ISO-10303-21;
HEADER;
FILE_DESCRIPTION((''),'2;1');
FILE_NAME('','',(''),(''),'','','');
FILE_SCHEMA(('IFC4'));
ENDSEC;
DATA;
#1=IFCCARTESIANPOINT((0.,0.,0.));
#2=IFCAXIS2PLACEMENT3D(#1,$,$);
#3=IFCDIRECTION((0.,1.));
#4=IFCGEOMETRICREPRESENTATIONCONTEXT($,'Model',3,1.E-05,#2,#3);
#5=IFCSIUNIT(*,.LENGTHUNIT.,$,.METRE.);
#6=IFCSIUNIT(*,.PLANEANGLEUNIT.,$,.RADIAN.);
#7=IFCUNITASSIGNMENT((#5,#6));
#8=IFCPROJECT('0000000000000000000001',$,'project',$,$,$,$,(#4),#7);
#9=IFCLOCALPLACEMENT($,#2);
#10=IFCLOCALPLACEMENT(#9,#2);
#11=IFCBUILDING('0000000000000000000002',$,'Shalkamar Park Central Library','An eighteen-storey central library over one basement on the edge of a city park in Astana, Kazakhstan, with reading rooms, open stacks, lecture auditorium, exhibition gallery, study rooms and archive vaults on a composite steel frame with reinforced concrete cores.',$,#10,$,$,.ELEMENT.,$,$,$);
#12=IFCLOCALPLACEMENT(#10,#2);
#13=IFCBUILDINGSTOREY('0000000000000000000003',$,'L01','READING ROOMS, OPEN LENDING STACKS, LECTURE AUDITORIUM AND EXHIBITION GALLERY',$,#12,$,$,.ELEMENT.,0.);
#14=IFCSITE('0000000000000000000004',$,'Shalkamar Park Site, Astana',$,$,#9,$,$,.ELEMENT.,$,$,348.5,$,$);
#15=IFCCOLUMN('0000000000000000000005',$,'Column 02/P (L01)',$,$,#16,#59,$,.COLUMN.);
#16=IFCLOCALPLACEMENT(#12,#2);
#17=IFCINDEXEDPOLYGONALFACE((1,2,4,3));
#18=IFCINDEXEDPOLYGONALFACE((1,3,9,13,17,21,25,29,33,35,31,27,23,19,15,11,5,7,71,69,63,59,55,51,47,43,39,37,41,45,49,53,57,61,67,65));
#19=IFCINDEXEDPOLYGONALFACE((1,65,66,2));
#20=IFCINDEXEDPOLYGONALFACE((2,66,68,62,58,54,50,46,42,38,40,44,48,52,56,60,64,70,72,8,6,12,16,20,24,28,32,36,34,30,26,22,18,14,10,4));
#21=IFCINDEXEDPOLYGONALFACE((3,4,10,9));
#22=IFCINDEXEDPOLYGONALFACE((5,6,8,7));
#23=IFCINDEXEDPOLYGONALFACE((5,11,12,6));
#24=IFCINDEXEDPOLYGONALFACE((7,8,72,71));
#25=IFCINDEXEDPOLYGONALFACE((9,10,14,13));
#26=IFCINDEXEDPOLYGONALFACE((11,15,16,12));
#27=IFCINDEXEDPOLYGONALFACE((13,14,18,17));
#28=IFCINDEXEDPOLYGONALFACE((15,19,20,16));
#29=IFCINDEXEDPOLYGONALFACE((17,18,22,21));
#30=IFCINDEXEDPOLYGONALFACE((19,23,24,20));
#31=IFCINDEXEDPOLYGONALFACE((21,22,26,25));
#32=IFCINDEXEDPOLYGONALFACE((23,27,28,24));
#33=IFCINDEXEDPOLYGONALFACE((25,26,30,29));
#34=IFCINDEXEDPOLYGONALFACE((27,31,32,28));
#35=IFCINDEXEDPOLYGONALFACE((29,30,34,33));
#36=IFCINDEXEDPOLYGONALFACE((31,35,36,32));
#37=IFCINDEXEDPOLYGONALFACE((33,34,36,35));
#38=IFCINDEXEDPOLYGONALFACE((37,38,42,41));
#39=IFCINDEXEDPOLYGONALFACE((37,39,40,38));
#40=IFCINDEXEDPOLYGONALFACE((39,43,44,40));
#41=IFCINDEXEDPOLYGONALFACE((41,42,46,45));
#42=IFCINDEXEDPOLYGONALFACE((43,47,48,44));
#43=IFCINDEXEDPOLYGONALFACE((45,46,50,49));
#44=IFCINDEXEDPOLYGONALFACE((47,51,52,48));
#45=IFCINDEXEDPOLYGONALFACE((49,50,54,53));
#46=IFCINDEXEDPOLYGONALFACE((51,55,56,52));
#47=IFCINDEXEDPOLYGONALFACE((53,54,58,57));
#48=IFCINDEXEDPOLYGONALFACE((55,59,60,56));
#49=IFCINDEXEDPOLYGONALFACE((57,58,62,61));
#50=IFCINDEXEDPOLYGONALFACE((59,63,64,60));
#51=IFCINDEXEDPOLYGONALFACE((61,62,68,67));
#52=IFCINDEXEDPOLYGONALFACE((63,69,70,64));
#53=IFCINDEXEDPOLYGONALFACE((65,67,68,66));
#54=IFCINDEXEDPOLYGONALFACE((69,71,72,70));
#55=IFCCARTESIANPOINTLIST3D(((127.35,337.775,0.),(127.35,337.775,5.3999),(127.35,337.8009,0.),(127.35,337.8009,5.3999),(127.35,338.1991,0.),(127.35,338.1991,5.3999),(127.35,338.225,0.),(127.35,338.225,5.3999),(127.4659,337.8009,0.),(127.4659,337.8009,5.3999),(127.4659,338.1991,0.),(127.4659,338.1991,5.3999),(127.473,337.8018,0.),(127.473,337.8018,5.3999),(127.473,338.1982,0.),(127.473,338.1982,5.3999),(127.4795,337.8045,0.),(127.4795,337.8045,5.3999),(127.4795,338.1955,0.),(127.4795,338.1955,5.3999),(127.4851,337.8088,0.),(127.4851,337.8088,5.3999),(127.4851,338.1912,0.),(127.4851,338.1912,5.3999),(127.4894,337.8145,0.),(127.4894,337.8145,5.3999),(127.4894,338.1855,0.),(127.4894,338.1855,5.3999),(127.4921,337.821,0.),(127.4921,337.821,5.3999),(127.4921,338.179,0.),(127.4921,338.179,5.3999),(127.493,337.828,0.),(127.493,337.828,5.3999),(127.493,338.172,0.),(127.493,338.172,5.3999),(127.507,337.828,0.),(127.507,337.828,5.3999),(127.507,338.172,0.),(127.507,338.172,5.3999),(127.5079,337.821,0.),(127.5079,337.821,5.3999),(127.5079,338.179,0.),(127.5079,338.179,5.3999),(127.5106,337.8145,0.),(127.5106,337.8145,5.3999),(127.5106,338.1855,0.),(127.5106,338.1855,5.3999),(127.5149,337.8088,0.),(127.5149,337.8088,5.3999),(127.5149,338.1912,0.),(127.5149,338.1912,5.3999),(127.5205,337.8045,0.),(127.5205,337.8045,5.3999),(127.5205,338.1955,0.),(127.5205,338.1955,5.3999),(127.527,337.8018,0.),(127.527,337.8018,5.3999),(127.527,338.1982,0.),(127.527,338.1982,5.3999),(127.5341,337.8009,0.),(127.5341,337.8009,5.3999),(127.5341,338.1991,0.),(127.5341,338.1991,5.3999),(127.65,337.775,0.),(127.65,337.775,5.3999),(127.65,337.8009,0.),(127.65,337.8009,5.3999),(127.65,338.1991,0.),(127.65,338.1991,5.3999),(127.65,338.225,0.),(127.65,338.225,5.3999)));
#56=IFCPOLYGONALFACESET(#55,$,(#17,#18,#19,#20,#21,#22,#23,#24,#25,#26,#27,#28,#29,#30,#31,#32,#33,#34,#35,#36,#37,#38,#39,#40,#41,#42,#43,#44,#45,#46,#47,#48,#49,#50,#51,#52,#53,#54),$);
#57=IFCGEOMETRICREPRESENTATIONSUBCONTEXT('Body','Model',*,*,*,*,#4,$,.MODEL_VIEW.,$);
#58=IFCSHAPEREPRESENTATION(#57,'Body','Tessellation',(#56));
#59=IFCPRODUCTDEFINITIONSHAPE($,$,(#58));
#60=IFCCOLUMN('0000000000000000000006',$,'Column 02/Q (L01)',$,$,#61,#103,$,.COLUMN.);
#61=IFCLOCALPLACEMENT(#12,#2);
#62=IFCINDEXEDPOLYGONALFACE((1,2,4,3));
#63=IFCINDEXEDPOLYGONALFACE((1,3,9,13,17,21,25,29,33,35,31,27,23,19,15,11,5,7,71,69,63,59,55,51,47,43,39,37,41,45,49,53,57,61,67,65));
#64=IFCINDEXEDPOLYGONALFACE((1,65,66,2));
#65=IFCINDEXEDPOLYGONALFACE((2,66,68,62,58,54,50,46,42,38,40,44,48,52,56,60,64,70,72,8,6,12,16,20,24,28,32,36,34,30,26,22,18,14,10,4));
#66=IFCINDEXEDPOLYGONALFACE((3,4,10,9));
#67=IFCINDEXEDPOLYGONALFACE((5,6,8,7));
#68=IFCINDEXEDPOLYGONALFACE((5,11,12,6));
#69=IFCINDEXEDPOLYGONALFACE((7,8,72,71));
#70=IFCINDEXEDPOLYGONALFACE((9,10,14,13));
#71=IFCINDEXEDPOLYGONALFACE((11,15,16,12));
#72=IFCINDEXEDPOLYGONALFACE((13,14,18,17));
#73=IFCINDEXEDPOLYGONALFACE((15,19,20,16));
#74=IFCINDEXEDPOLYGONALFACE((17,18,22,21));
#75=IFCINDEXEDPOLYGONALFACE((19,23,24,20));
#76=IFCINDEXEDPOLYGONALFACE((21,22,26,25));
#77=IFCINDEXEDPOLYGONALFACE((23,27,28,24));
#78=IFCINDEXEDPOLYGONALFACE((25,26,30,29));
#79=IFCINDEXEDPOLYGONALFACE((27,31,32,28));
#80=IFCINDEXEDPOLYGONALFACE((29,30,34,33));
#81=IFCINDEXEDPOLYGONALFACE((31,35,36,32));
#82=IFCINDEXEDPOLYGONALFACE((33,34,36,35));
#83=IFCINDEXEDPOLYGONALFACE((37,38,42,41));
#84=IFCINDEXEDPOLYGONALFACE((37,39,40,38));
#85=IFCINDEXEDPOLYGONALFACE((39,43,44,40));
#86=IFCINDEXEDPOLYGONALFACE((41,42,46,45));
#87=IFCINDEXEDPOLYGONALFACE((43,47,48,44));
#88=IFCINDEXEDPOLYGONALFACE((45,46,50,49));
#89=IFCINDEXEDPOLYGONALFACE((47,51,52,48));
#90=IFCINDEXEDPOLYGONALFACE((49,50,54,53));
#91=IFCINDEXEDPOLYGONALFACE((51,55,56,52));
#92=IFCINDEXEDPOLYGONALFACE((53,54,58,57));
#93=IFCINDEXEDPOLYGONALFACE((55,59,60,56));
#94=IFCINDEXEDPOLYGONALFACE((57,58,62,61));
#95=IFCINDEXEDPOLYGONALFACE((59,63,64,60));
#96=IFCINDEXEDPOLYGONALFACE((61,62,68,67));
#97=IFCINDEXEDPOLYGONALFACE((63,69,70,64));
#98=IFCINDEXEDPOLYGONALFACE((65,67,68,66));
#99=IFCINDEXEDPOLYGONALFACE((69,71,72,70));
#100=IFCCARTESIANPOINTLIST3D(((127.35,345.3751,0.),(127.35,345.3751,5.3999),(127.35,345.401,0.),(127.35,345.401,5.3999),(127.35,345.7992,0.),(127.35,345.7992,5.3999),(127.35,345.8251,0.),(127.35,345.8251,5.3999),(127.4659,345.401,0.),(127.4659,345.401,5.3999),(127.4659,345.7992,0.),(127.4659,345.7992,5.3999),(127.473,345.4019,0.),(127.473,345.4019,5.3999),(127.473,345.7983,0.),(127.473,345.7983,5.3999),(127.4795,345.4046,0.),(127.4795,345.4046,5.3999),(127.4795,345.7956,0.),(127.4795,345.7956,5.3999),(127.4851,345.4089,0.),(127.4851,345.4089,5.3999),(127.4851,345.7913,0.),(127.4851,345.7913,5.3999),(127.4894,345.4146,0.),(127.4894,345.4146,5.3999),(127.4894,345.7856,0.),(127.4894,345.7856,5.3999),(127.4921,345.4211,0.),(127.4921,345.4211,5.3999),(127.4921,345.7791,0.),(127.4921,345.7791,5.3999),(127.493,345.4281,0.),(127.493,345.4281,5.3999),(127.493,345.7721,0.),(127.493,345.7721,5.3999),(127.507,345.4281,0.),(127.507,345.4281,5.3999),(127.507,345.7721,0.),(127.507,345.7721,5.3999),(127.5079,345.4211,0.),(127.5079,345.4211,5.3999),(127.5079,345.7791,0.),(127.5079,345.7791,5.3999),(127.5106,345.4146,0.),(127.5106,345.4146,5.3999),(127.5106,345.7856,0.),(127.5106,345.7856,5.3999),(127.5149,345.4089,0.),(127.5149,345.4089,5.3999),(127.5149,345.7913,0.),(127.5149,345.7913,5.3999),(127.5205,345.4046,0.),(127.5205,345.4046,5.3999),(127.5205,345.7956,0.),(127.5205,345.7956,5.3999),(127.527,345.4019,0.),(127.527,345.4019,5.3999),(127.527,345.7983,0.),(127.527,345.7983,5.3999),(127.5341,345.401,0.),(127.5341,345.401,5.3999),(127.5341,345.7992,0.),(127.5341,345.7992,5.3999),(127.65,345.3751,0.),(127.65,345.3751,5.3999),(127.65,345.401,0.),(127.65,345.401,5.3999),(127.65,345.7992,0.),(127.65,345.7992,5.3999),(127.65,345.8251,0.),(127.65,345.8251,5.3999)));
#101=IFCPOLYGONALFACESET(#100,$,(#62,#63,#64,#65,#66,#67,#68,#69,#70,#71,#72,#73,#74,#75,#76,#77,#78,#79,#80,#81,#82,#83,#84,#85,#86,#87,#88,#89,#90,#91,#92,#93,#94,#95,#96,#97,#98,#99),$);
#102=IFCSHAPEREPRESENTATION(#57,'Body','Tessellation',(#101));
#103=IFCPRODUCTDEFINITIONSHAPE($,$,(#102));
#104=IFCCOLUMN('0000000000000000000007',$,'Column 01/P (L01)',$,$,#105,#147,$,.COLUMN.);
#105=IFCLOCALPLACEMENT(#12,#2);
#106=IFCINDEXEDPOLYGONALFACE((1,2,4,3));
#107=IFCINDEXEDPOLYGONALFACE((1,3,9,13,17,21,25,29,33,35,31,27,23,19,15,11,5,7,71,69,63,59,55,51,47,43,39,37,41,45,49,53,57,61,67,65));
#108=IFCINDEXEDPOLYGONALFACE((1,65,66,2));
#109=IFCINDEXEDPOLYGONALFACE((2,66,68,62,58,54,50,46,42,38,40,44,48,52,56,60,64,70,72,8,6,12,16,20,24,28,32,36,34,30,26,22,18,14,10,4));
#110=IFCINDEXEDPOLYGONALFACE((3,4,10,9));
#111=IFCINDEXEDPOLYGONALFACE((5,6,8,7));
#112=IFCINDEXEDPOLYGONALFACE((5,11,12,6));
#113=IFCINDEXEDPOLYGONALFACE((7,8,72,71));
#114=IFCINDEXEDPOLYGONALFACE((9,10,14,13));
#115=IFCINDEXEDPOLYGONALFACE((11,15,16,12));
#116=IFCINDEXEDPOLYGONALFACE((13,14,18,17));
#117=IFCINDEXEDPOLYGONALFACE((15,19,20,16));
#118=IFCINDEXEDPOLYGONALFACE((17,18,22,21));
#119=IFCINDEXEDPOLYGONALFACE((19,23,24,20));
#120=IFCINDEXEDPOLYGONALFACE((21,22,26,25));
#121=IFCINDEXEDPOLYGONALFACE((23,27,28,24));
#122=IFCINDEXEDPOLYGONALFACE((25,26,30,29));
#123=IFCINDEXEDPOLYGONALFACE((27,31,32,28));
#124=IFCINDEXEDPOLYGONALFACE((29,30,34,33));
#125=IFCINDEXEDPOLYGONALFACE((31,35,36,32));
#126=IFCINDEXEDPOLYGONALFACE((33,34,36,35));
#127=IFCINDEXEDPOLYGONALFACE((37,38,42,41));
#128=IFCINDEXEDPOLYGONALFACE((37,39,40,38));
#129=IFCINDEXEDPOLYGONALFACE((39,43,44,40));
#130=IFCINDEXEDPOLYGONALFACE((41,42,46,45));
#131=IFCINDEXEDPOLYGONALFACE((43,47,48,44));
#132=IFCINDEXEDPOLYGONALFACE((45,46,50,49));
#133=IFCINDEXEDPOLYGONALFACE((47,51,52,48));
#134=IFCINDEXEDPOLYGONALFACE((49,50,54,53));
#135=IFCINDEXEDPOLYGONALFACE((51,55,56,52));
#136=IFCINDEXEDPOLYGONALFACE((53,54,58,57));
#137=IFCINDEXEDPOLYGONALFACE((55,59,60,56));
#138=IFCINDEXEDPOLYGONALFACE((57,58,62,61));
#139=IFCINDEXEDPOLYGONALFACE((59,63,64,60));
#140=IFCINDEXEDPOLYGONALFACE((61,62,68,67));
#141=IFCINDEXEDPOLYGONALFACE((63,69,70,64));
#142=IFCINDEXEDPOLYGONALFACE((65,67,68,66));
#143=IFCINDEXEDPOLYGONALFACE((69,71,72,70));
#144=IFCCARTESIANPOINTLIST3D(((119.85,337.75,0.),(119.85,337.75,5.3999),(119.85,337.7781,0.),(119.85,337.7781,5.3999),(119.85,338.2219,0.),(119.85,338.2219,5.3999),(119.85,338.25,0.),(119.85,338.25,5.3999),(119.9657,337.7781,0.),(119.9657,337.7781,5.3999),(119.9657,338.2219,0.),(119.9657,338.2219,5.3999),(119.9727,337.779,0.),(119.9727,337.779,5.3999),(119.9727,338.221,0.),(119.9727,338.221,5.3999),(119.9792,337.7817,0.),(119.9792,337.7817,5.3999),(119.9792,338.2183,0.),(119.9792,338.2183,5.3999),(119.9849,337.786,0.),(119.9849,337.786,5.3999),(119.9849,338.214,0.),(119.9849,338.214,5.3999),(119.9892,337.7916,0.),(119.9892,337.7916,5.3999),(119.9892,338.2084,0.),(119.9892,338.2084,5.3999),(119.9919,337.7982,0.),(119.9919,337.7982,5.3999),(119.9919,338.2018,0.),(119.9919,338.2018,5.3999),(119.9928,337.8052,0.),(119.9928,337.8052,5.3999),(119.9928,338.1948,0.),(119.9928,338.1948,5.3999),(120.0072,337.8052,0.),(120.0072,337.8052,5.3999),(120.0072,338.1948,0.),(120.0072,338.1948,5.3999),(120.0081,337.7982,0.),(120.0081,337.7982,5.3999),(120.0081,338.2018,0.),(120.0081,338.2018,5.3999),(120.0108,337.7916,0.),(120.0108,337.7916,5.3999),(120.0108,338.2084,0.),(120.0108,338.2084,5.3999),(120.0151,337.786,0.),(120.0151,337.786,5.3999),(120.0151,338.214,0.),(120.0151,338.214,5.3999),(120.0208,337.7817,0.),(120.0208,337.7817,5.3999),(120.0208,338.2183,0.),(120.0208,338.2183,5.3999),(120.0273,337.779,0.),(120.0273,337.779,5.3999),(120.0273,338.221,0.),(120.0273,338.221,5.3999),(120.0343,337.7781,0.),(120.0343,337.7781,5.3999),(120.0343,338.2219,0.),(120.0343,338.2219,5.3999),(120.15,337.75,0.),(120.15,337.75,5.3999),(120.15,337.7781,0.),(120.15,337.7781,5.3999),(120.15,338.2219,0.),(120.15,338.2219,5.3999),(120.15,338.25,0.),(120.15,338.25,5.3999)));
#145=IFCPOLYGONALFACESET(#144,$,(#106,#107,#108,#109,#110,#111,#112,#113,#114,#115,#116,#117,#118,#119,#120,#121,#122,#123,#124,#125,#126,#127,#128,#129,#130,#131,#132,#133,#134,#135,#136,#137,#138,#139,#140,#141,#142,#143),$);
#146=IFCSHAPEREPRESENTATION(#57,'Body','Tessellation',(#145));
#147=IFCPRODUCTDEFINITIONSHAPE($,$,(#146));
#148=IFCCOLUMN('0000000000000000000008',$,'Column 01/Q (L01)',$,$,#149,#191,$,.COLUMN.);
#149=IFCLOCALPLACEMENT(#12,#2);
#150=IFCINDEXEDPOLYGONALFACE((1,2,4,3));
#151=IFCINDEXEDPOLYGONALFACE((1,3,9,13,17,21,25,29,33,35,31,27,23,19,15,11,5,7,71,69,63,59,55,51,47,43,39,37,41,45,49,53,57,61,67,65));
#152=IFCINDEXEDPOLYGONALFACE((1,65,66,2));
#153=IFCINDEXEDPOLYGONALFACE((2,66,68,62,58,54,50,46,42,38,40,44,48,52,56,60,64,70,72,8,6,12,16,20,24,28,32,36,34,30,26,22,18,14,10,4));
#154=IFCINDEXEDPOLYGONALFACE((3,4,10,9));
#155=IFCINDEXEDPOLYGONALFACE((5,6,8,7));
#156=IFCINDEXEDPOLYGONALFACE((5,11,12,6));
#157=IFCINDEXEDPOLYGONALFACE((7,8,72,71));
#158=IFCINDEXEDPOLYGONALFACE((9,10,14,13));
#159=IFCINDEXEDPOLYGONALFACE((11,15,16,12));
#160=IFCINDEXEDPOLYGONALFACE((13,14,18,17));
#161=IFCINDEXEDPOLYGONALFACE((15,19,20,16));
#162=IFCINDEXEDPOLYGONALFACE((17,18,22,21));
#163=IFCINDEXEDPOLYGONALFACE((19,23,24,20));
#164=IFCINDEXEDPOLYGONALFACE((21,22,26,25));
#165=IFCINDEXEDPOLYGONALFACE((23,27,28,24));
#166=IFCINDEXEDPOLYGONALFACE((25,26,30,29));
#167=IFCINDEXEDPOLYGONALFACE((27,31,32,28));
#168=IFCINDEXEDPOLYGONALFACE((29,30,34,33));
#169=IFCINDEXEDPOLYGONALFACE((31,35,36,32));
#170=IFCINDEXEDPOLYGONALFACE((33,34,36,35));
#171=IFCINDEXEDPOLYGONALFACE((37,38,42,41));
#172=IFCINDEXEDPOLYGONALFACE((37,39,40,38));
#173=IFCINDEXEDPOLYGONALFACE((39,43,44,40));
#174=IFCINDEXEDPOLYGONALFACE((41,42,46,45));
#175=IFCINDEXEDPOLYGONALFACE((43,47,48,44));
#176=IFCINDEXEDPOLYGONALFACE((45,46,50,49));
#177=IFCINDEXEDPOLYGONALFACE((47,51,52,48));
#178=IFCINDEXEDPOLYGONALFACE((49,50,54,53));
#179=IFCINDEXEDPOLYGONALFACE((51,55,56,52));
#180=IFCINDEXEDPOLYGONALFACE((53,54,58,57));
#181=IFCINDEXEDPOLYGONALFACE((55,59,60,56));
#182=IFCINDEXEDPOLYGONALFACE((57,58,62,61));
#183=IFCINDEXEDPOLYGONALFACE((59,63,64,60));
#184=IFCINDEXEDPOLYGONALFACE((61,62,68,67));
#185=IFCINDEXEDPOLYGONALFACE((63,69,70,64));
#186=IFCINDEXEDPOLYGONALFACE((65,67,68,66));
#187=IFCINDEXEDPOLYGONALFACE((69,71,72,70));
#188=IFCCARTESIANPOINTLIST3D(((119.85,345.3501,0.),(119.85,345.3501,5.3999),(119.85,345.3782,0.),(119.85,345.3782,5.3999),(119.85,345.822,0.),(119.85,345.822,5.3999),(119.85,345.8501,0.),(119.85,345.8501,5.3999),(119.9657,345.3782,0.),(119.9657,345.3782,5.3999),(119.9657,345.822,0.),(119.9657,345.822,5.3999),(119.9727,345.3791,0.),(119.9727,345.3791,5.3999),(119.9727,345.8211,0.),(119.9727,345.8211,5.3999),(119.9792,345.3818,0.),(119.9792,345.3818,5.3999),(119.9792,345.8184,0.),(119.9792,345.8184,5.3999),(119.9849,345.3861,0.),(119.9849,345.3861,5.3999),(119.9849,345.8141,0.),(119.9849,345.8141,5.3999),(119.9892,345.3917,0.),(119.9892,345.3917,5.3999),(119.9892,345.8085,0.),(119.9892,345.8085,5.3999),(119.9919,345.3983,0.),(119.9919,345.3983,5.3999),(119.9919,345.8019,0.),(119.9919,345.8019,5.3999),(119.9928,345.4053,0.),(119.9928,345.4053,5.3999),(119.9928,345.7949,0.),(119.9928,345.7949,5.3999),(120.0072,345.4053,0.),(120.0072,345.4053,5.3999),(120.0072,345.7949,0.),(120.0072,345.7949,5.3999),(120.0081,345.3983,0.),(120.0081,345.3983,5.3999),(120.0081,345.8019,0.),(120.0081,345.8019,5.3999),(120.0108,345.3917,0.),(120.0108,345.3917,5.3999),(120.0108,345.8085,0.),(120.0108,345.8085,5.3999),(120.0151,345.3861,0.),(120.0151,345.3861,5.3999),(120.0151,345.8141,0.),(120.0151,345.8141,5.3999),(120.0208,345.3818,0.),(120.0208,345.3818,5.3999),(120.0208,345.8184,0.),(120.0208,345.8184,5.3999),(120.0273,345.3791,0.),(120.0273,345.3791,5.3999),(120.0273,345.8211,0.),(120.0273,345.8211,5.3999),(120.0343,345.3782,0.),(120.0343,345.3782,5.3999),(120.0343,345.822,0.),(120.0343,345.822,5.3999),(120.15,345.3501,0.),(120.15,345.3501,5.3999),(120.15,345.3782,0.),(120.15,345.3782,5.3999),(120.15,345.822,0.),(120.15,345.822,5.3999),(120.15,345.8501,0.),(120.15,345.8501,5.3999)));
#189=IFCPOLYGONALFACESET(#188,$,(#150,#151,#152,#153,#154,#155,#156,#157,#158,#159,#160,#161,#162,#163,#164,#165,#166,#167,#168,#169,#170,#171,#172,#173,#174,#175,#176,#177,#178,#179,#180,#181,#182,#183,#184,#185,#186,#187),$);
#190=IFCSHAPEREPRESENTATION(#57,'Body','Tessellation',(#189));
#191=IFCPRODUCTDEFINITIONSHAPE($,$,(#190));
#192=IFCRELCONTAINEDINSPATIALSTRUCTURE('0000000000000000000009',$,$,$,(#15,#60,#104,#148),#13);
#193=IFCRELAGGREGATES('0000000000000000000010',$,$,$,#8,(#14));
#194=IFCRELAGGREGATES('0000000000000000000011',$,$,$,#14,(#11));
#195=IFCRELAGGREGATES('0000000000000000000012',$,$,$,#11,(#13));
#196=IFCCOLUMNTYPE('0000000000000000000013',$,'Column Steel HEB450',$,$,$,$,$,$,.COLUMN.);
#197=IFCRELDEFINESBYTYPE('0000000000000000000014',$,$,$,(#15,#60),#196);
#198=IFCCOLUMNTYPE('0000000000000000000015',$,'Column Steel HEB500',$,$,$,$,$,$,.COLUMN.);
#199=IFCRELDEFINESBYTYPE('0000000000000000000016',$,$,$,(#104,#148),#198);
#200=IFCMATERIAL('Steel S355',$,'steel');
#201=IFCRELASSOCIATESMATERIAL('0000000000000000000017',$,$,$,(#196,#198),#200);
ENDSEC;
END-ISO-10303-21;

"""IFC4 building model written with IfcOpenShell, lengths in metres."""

from ifc_helpers import new_model, si_unit, direction, frame, origin, origin_2d, place, context, subcontext, project, spatial, i_section, extrude, material, material_profile, profile_set, type_object, element, save


model = new_model("IFC4")

# Units and contexts
model_context = context("Model", 3, precision=1e-05, world=origin(), true_north=direction((0.0, 1.0)))
body_context = subcontext(model_context, "Body", "Model", "MODEL_VIEW")
ifc_project = project(units=[si_unit("LENGTHUNIT", "METRE"), si_unit("PLANEANGLEUNIT", "RADIAN")], contexts=[model_context])

# Site, building, storey
site_placement = place(None, origin())
site = spatial("IfcSite", under=ifc_project, at=site_placement, Name="Shalkamar Park Site, Astana", CompositionType="ELEMENT", RefElevation=348.5)
building_placement = place(site_placement, origin())
building = spatial("IfcBuilding", under=site, at=building_placement, Name="Shalkamar Park Central Library", Description="An eighteen-storey central library over one basement on the edge of a city park in Astana, Kazakhstan, with reading rooms, open stacks, lecture auditorium, exhibition gallery, study rooms and archive vaults on a composite steel frame with reinforced concrete cores.", CompositionType="ELEMENT")
storey_placement = place(building_placement, origin())
storey = spatial("IfcBuildingStorey", under=building, at=storey_placement, Name="L01", Description="READING ROOMS, OPEN LENDING STACKS, LECTURE AUDITORIUM AND EXHIBITION GALLERY", CompositionType="ELEMENT", Elevation=0.0)

# Columns
ifc_material_1 = material(Name="Steel S355", Category="steel")
ifc_material_profile_1 = material_profile(ifc_material_1, i_section(OverallWidth=0.3, OverallDepth=0.45, WebThickness=0.0139, FlangeThickness=0.0259, FilletRadius=0.0271, at=origin_2d()), Name="HEB 450")
ifc_profile_set_1 = profile_set([ifc_material_profile_1], Name="Steel S355")
column_type_1 = type_object("IfcColumnType", Name="Column Steel HEB450", PredefinedType="COLUMN", material=ifc_profile_set_1)
for number, where, z_axis, x_axis, name in (
    (1, (127.5, 338.0, 0.0), (0.0, 0.0, 1.0), (1.0, 0.0, 0.0), "Column 02/P (L01)"),
    (2, (127.5, 345.6001, 0.0), (0.0, 0.0, 1.0), (1.0, 0.0, 0.0), "Column 02/Q (L01)"),
):
    element("IfcColumn", number, at=place(storey_placement, frame(where, z_axis=z_axis, x_axis=x_axis)), inside=storey, type_object=column_type_1, Name=name, PredefinedType="COLUMN", context=body_context, shape_type="SweptSolid", body=[
        extrude(i_section(OverallWidth=0.3, OverallDepth=0.45, WebThickness=0.0139, FlangeThickness=0.0259, FilletRadius=0.0271, at=origin_2d()), origin(), (0.0, 0.0, 1.0), 5.3999),
    ])
ifc_material_profile_2 = material_profile(ifc_material_1, i_section(OverallWidth=0.3, OverallDepth=0.5, WebThickness=0.0144, FlangeThickness=0.0281, FilletRadius=0.0271, at=origin_2d()), Name="HEB 500")
ifc_profile_set_2 = profile_set([ifc_material_profile_2], Name="Steel S355")
column_type_2 = type_object("IfcColumnType", Name="Column Steel HEB500", PredefinedType="COLUMN", material=ifc_profile_set_2)
for number, where, z_axis, x_axis, name in (
    (3, (120.0, 338.0, 0.0), (0.0, 0.0, 1.0), (1.0, 0.0, 0.0), "Column 01/P (L01)"),
    (4, (120.0, 345.6001, 0.0), (0.0, 0.0, 1.0), (1.0, 0.0, 0.0), "Column 01/Q (L01)"),
):
    element("IfcColumn", number, at=place(storey_placement, frame(where, z_axis=z_axis, x_axis=x_axis)), inside=storey, type_object=column_type_2, Name=name, PredefinedType="COLUMN", context=body_context, shape_type="SweptSolid", body=[
        extrude(i_section(OverallWidth=0.3, OverallDepth=0.5, WebThickness=0.0144, FlangeThickness=0.0281, FilletRadius=0.0271, at=origin_2d()), origin(), (0.0, 0.0, 1.0), 5.3999),
    ])

save(model, "model.ifc")
